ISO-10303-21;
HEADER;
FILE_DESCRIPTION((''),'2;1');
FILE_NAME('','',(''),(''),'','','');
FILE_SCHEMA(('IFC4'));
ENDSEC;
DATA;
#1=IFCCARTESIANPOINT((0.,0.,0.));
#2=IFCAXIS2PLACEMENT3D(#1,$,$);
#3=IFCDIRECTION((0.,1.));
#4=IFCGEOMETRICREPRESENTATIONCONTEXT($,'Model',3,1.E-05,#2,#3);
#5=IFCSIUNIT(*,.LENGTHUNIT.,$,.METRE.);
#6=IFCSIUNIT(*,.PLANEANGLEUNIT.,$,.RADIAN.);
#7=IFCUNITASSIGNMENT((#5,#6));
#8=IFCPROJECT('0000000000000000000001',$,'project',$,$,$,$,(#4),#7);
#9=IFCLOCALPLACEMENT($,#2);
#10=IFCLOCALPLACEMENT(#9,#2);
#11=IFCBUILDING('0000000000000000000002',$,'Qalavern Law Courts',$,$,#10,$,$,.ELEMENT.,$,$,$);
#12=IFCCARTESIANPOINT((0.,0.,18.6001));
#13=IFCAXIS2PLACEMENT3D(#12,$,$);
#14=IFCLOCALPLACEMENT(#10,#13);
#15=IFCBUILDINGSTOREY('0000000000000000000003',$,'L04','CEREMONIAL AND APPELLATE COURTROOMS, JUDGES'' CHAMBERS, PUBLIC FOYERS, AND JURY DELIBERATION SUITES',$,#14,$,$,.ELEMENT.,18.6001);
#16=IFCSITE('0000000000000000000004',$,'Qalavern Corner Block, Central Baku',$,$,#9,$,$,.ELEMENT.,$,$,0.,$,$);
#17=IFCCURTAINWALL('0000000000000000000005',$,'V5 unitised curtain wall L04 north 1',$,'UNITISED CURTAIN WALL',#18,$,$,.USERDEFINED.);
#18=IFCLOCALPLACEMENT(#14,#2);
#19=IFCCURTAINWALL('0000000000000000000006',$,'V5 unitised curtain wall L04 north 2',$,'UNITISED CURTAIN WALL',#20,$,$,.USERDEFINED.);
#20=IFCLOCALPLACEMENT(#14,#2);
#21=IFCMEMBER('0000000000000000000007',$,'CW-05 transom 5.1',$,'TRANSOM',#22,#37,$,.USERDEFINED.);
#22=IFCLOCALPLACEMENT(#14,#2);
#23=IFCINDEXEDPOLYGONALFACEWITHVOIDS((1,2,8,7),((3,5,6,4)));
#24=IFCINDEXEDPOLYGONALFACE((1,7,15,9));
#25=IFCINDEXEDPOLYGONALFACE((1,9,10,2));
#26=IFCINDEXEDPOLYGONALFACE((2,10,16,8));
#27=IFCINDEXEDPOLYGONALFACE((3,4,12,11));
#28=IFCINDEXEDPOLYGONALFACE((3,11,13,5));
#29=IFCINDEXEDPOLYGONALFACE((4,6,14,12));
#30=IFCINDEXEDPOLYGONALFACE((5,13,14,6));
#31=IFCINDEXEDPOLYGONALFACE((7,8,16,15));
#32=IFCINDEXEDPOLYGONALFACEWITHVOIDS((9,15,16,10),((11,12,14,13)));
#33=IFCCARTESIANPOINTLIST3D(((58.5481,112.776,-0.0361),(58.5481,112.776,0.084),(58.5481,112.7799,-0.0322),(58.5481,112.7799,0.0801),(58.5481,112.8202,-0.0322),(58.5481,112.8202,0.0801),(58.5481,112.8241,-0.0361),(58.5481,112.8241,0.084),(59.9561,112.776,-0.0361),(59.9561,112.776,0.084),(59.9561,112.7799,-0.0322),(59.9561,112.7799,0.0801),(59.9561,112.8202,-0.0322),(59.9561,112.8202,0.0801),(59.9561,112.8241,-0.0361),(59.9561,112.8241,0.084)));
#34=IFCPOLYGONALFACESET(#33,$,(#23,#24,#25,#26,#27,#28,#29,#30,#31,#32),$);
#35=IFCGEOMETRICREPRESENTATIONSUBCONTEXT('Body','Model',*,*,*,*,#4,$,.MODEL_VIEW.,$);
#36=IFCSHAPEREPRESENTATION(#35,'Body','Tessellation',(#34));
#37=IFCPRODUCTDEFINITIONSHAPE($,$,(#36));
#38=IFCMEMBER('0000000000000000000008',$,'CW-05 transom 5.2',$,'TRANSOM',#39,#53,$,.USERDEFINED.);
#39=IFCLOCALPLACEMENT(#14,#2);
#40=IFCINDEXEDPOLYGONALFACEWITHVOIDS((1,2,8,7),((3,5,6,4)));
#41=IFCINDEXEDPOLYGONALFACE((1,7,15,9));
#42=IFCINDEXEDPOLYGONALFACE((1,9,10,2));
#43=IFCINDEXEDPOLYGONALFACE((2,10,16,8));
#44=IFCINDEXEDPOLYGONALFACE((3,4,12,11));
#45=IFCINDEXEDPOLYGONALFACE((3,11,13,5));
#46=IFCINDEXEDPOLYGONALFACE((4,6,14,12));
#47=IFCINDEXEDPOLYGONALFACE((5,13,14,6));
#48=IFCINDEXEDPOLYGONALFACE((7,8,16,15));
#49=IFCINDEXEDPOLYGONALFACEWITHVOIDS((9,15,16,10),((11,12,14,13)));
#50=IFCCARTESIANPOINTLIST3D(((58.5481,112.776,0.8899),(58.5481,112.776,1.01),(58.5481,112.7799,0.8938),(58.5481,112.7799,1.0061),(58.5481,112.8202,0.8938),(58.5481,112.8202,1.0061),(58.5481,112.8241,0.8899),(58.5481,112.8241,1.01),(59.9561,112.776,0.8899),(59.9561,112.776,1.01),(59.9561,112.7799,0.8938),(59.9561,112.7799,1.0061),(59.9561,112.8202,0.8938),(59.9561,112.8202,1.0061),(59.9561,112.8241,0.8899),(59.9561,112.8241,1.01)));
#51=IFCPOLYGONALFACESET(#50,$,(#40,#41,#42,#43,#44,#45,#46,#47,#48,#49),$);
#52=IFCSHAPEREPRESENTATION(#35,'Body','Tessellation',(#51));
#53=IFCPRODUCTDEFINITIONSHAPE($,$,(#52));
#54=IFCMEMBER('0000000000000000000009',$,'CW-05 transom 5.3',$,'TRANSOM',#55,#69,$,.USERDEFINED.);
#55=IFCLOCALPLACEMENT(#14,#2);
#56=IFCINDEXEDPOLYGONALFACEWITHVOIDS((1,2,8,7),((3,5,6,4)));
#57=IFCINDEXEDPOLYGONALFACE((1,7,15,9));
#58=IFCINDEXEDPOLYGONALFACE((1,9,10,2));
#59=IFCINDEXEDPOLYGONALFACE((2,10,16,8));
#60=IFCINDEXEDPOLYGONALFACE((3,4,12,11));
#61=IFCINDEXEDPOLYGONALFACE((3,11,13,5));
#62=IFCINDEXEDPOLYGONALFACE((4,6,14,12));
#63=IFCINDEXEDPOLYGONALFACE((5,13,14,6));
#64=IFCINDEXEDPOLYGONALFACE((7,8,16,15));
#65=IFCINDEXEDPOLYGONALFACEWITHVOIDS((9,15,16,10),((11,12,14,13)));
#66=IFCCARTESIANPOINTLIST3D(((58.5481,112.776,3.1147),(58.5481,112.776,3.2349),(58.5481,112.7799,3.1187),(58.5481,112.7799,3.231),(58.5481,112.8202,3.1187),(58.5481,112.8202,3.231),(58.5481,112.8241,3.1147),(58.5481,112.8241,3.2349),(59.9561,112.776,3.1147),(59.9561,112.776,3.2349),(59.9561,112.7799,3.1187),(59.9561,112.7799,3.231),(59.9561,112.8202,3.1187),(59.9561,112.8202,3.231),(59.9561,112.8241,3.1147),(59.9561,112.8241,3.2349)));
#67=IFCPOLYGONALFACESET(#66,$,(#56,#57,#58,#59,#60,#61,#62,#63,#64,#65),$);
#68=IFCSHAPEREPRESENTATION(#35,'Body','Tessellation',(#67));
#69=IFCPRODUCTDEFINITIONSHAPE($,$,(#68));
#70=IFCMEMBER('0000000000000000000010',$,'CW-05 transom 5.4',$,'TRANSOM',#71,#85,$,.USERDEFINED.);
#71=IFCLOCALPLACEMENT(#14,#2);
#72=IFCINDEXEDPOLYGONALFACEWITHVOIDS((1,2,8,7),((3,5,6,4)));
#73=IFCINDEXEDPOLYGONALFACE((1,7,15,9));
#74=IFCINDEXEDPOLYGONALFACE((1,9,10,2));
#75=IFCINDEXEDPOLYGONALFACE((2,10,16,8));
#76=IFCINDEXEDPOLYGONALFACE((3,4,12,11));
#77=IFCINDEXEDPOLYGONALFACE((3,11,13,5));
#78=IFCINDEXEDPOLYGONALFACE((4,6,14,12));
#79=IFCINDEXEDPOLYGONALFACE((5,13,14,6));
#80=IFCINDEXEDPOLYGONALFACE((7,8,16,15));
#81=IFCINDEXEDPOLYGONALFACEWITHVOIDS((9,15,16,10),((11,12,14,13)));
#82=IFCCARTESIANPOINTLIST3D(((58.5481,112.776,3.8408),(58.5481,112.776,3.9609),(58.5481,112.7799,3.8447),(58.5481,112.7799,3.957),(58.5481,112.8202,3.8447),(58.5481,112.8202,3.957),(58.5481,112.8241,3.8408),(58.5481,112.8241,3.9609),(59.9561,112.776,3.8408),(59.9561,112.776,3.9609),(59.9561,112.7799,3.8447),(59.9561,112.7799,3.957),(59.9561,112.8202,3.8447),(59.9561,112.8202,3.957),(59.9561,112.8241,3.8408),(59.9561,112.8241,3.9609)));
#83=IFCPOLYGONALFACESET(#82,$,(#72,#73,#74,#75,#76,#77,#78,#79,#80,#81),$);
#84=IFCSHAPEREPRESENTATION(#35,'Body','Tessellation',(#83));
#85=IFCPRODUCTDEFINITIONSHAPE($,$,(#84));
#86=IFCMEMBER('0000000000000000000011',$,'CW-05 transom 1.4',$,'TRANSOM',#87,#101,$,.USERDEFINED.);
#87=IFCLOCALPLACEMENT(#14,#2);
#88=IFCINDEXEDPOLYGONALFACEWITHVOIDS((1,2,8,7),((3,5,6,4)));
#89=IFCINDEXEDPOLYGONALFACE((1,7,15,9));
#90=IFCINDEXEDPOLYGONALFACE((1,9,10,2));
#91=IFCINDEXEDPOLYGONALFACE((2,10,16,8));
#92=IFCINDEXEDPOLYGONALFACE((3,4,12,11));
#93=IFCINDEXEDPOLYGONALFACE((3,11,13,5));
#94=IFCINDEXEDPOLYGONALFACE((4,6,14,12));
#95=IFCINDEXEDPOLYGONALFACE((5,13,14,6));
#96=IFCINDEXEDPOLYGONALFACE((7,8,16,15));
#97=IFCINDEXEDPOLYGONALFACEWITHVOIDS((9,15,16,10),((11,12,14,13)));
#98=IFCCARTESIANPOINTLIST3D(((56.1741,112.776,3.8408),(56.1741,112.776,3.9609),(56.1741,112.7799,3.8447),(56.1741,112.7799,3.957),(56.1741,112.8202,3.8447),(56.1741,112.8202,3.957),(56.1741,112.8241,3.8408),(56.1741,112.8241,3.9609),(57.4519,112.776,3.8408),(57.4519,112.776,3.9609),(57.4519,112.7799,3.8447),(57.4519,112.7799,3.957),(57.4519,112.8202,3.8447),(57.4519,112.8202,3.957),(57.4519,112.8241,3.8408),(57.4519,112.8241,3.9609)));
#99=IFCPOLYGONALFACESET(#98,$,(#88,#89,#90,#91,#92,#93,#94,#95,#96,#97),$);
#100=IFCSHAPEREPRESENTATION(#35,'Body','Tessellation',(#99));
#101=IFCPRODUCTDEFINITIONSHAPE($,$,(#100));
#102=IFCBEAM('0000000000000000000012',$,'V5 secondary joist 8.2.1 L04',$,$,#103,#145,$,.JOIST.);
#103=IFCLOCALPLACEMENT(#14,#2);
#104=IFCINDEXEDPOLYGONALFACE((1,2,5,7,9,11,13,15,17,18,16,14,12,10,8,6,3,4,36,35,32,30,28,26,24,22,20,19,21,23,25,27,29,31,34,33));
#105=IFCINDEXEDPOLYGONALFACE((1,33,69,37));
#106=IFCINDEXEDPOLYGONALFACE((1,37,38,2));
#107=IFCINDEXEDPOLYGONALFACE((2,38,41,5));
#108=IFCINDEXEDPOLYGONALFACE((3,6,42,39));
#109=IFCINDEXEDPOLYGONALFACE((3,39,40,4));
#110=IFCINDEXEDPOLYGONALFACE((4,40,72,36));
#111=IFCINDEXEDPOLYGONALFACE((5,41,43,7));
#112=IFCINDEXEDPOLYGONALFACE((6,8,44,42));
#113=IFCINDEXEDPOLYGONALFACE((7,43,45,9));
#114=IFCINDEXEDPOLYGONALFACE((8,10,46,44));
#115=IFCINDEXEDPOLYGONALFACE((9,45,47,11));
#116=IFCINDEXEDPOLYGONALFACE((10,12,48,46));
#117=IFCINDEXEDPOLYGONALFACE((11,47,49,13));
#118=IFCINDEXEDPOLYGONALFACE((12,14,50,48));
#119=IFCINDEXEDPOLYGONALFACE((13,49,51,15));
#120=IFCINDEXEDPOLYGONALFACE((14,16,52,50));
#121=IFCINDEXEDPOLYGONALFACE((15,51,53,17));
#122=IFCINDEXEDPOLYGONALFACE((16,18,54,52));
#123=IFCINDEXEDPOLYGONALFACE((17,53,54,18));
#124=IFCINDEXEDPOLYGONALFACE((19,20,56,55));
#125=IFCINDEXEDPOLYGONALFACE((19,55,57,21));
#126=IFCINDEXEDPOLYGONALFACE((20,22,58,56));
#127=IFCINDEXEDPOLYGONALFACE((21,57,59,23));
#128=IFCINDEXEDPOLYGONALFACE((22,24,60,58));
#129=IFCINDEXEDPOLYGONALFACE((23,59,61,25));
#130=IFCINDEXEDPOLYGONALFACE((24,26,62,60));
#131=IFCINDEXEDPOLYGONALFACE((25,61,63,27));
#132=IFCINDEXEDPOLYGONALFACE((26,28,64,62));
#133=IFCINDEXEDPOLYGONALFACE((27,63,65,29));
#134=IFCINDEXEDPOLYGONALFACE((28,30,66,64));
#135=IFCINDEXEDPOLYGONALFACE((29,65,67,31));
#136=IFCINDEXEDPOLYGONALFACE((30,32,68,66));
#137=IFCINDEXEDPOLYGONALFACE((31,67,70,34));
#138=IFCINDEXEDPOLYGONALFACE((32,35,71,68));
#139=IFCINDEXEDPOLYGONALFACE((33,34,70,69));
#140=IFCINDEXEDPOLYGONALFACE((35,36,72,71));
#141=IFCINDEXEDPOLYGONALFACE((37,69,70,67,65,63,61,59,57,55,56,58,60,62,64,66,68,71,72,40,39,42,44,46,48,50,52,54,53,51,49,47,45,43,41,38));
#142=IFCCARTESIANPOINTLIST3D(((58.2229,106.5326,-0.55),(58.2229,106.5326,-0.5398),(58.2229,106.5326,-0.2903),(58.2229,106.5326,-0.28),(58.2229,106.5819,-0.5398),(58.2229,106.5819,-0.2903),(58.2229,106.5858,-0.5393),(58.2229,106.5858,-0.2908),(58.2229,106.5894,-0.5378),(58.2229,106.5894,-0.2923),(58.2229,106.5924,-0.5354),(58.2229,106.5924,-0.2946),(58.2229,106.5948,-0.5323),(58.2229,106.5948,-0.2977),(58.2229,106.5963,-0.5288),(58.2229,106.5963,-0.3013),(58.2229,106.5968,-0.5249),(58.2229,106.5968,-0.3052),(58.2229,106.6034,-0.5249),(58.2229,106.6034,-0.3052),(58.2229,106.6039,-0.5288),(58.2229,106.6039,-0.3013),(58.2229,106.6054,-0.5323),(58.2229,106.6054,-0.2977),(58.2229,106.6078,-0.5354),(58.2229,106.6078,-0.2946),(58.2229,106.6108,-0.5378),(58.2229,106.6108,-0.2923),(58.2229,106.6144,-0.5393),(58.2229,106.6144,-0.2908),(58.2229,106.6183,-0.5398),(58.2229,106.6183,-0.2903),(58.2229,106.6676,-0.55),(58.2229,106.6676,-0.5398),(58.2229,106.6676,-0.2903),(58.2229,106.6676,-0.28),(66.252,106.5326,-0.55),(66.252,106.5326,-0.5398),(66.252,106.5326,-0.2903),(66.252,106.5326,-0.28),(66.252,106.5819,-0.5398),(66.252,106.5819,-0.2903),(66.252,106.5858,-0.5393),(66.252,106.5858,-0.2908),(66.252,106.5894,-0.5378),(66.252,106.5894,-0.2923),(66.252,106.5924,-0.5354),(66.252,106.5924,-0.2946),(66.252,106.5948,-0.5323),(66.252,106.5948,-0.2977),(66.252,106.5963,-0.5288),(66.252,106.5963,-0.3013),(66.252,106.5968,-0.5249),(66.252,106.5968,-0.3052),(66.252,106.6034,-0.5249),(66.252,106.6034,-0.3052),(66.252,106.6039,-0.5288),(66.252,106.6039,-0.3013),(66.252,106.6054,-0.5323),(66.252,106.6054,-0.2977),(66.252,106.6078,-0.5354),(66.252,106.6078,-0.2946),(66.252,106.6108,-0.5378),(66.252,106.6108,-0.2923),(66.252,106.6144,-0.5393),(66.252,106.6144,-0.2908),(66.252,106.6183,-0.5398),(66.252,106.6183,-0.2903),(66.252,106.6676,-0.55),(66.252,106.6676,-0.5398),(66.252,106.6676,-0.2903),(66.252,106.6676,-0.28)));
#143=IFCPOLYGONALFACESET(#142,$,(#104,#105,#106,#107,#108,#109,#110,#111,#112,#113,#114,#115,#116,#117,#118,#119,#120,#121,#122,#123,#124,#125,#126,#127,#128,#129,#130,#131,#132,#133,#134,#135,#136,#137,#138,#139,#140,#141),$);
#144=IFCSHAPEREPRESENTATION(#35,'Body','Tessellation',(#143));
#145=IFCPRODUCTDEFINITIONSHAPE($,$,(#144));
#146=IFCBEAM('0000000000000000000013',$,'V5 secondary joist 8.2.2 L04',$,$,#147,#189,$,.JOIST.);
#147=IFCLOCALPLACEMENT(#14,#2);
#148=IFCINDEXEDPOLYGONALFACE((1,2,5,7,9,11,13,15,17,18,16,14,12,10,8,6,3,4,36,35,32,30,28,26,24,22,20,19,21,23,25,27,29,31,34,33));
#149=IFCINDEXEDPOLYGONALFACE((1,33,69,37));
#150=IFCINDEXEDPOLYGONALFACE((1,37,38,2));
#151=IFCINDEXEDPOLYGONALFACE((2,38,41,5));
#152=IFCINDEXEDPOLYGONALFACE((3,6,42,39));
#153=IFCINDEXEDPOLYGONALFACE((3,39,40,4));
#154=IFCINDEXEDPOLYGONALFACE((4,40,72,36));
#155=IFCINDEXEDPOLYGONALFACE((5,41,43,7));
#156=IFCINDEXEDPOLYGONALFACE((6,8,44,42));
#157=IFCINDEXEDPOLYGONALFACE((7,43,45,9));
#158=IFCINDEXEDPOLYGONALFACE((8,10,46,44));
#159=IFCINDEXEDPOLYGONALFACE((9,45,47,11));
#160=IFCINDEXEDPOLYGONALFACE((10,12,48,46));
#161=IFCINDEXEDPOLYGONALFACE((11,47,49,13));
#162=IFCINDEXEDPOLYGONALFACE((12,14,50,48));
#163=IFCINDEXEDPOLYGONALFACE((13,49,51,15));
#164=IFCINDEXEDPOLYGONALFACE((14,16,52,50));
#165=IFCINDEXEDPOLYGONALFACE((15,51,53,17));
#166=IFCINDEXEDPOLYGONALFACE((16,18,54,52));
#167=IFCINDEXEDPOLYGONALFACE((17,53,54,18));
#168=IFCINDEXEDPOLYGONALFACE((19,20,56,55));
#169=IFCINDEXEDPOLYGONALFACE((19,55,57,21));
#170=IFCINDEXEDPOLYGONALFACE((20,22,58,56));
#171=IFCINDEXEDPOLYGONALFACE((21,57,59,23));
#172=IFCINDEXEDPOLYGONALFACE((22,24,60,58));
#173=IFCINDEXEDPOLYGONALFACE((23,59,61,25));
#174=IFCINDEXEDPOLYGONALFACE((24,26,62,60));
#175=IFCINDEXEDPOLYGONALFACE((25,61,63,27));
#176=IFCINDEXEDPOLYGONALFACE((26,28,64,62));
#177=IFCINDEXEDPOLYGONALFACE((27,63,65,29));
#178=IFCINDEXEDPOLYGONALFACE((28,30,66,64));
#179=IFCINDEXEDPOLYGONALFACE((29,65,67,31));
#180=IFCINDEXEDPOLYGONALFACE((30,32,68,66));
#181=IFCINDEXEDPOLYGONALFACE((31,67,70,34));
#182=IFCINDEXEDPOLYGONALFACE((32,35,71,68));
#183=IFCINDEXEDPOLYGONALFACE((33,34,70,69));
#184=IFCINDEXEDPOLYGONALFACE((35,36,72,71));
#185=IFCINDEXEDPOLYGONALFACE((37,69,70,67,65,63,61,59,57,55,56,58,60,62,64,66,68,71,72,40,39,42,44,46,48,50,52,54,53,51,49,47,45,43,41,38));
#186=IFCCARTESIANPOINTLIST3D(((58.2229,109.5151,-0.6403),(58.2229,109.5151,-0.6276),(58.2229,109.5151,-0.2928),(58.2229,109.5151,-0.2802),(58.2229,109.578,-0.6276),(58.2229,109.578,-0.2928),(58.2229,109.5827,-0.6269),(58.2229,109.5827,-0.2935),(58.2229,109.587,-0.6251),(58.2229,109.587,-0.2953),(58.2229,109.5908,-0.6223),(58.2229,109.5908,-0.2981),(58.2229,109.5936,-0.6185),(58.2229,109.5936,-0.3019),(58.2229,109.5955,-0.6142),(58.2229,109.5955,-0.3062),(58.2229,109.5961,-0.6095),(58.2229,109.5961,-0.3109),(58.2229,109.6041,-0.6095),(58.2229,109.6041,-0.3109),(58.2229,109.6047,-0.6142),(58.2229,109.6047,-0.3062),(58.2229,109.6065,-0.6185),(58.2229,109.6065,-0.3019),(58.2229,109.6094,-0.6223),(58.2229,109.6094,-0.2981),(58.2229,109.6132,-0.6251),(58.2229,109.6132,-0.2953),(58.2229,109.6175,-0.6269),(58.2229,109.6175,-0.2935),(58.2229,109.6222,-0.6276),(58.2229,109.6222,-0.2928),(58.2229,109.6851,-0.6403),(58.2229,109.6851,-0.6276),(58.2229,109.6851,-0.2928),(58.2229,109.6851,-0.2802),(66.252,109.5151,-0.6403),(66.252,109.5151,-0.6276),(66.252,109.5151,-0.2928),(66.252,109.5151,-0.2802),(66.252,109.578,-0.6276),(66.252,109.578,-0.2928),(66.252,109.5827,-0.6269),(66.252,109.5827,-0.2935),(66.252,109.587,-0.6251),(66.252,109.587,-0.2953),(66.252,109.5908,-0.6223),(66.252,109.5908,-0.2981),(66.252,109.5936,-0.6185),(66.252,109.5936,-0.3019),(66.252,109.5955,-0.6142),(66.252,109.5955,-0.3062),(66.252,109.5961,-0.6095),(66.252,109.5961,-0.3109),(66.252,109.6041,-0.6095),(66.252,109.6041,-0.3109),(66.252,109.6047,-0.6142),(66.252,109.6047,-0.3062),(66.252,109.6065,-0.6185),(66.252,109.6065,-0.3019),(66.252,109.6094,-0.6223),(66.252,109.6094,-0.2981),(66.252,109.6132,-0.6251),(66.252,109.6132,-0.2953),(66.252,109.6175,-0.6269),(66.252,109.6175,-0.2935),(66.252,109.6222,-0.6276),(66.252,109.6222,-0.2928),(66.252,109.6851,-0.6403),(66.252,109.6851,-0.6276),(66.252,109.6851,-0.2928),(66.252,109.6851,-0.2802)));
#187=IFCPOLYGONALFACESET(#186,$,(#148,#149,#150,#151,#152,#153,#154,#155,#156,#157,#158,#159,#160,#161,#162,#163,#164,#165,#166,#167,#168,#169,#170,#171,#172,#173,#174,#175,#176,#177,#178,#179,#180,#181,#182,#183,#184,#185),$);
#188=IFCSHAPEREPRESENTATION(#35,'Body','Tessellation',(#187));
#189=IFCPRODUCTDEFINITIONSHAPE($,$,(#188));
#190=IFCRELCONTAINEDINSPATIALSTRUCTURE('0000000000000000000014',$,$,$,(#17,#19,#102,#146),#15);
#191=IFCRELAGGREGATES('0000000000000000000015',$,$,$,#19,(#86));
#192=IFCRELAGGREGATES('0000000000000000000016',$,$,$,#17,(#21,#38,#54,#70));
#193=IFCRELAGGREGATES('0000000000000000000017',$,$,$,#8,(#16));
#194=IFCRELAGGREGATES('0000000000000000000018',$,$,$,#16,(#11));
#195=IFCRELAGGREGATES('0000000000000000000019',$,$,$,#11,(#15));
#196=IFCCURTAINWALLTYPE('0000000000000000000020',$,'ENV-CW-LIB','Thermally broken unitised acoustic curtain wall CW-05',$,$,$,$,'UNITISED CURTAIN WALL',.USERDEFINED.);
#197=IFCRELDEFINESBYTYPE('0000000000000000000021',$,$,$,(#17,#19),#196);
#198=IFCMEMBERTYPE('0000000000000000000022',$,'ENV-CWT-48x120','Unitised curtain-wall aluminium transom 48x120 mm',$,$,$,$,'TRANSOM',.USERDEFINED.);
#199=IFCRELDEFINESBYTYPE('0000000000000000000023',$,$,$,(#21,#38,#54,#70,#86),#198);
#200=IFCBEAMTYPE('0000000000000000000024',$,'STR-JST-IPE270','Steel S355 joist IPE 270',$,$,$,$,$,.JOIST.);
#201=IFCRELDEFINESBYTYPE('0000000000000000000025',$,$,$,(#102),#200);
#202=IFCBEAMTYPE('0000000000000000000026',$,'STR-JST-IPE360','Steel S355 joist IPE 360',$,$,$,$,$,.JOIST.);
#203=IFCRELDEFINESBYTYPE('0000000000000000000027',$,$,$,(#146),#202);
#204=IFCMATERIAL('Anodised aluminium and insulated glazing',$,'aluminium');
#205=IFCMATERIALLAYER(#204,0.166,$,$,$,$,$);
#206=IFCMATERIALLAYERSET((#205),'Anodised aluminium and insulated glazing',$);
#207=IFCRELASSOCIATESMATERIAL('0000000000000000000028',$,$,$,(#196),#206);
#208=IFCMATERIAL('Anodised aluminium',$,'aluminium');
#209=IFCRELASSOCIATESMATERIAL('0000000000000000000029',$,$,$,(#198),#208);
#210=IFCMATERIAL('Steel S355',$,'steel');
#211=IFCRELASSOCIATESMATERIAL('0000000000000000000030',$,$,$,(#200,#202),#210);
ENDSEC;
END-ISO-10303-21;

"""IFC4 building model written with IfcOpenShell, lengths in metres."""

from ifc_helpers import new_model, si_unit, direction, frame, origin, origin_2d, place, context, subcontext, project, spatial, hollow_rectangle, i_section, extrude, material, layer, layer_set, material_profile, profile_set, type_object, element, aggregate, save


model = new_model("IFC4")

# Units and contexts
model_context = context("Model", 3, precision=1e-05, world=origin(), true_north=direction((0.0, 1.0)))
body_context = subcontext(model_context, "Body", "Model", "MODEL_VIEW")
ifc_project = project(units=[si_unit("LENGTHUNIT", "METRE"), si_unit("PLANEANGLEUNIT", "RADIAN")], contexts=[model_context])

# Site, building, storey
site_placement = place(None, origin())
site = spatial("IfcSite", under=ifc_project, at=site_placement, Name="Qalavern Corner Block, Central Baku", CompositionType="ELEMENT", RefElevation=0.0)
building_placement = place(site_placement, origin())
building = spatial("IfcBuilding", under=site, at=building_placement, Name="Qalavern Law Courts", CompositionType="ELEMENT")
storey_placement = place(building_placement, frame((0.0, 0.0, 18.6001)))
storey = spatial("IfcBuildingStorey", under=building, at=storey_placement, Name="L04", Description="CEREMONIAL AND APPELLATE COURTROOMS, JUDGES' CHAMBERS, PUBLIC FOYERS, AND JURY DELIBERATION SUITES", CompositionType="ELEMENT", Elevation=18.6001)

# Curtain wall
ifc_material_1 = material(Name="Anodised aluminium and insulated glazing", Category="aluminium")
ifc_layer_1 = layer(ifc_material_1, 0.166)
ifc_layer_set_1 = layer_set([ifc_layer_1], Name="Anodised aluminium and insulated glazing")
curtain_wall_type = type_object("IfcCurtainWallType", Name="ENV-CW-LIB", Description="Thermally broken unitised acoustic curtain wall CW-05", ElementType="UNITISED CURTAIN WALL", PredefinedType="USERDEFINED", material=ifc_layer_set_1)
curtain_wall_1_placement = place(storey_placement, origin())
curtain_wall_1 = element("IfcCurtainWall", 1, at=curtain_wall_1_placement, inside=storey, type_object=curtain_wall_type, Name="V5 unitised curtain wall L04 north 1", ObjectType="UNITISED CURTAIN WALL", PredefinedType="USERDEFINED")
ifc_material_2 = material(Name="Anodised aluminium", Category="aluminium")

# Curtain wall
curtain_wall_2_placement = place(storey_placement, origin())
curtain_wall_2 = element("IfcCurtainWall", 2, at=curtain_wall_2_placement, inside=storey, type_object=curtain_wall_type, Name="V5 unitised curtain wall L04 north 2", ObjectType="UNITISED CURTAIN WALL", PredefinedType="USERDEFINED")

# Members
ifc_material_profile_1 = material_profile(ifc_material_2, hollow_rectangle(XDim=0.0481, YDim=0.1201, WallThickness=0.0039, at=origin_2d()), Name="ALU TRANSOM 48x120")
ifc_profile_set_1 = profile_set([ifc_material_profile_1], Name="Anodised aluminium")
member_type_1 = type_object("IfcMemberType", Name="ENV-CWT-48x120", Description="Unitised curtain-wall aluminium transom 48x120 mm", ElementType="TRANSOM", PredefinedType="USERDEFINED", material=ifc_profile_set_1)
member_1_placement = place(storey_placement, frame((59.9561, 112.8, 0.0239), z_axis=(-1.0, 0.0, 0.0), x_axis=(0.0, -1.0, 0.0)))
member_1 = element("IfcMember", 3, at=member_1_placement, type_object=member_type_1, Name="CW-05 transom 5.1", ObjectType="TRANSOM", PredefinedType="USERDEFINED", context=body_context, shape_type="SweptSolid", body=[
    extrude(hollow_rectangle(XDim=0.0481, YDim=0.1201, WallThickness=0.0039, at=origin_2d()), origin(), (0.0, 0.0, 1.0), 1.408),
])
member_2_placement = place(storey_placement, frame((59.9561, 112.8, 0.95), z_axis=(-1.0, 0.0, 0.0), x_axis=(0.0, -1.0, 0.0)))
member_2 = element("IfcMember", 4, at=member_2_placement, type_object=member_type_1, Name="CW-05 transom 5.2", ObjectType="TRANSOM", PredefinedType="USERDEFINED", context=body_context, shape_type="SweptSolid", body=[
    extrude(hollow_rectangle(XDim=0.0481, YDim=0.1201, WallThickness=0.0039, at=origin_2d()), origin(), (0.0, 0.0, 1.0), 1.408),
])
member_3_placement = place(storey_placement, frame((59.9561, 112.8, 3.1748), z_axis=(-1.0, 0.0, 0.0), x_axis=(0.0, -1.0, 0.0)))
member_3 = element("IfcMember", 5, at=member_3_placement, type_object=member_type_1, Name="CW-05 transom 5.3", ObjectType="TRANSOM", PredefinedType="USERDEFINED", context=body_context, shape_type="SweptSolid", body=[
    extrude(hollow_rectangle(XDim=0.0481, YDim=0.1201, WallThickness=0.0039, at=origin_2d()), origin(), (0.0, 0.0, 1.0), 1.408),
])
member_4_placement = place(storey_placement, frame((59.9561, 112.8, 3.9009), z_axis=(-1.0, 0.0, 0.0), x_axis=(0.0, -1.0, 0.0)))
member_4 = element("IfcMember", 6, at=member_4_placement, type_object=member_type_1, Name="CW-05 transom 5.4", ObjectType="TRANSOM", PredefinedType="USERDEFINED", context=body_context, shape_type="SweptSolid", body=[
    extrude(hollow_rectangle(XDim=0.0481, YDim=0.1201, WallThickness=0.0039, at=origin_2d()), origin(), (0.0, 0.0, 1.0), 1.408),
])
member_5_placement = place(storey_placement, frame((57.4519, 112.8, 3.9009), z_axis=(-1.0, 0.0, 0.0), x_axis=(0.0, -1.0, 0.0)))
member_5 = element("IfcMember", 7, at=member_5_placement, type_object=member_type_1, Name="CW-05 transom 1.4", ObjectType="TRANSOM", PredefinedType="USERDEFINED", context=body_context, shape_type="SweptSolid", body=[
    extrude(hollow_rectangle(XDim=0.0481, YDim=0.1201, WallThickness=0.0039, at=origin_2d()), origin(), (0.0, 0.0, 1.0), 1.2778),
])
aggregate(curtain_wall_2, [member_5])

# Beams
ifc_material_3 = material(Name="Steel S355", Category="steel")
ifc_material_profile_2 = material_profile(ifc_material_3, i_section(OverallWidth=0.135, OverallDepth=0.27, WebThickness=0.0066, FlangeThickness=0.0103, FilletRadius=0.0149, at=origin_2d()), Name="IPE 270")
ifc_profile_set_2 = profile_set([ifc_material_profile_2], Name="Steel S355")
beam_type_1 = type_object("IfcBeamType", Name="STR-JST-IPE270", Description="Steel S355 joist IPE 270", PredefinedType="JOIST", material=ifc_profile_set_2)
beam_1_placement = place(storey_placement, frame((58.2229, 106.6001, -0.415), z_axis=(1.0, 0.0, 0.0), x_axis=(0.0, 1.0, 0.0)))
element("IfcBeam", 8, at=beam_1_placement, inside=storey, type_object=beam_type_1, Name="V5 secondary joist 8.2.1 L04", PredefinedType="JOIST", context=body_context, shape_type="SweptSolid", body=[
    extrude(i_section(OverallWidth=0.135, OverallDepth=0.27, WebThickness=0.0066, FlangeThickness=0.0103, FilletRadius=0.0149, at=origin_2d()), origin(), (0.0, 0.0, 1.0), 8.0291),
])
ifc_material_profile_3 = material_profile(ifc_material_3, i_section(OverallWidth=0.1699, OverallDepth=0.3601, WebThickness=0.0081, FlangeThickness=0.0127, FilletRadius=0.0181, at=origin_2d()), Name="IPE 360")
ifc_profile_set_3 = profile_set([ifc_material_profile_3], Name="Steel S355")
beam_type_2 = type_object("IfcBeamType", Name="STR-JST-IPE360", Description="Steel S355 joist IPE 360", PredefinedType="JOIST", material=ifc_profile_set_3)
beam_2_placement = place(storey_placement, frame((58.2229, 109.6001, -0.4602), z_axis=(1.0, 0.0, 0.0), x_axis=(0.0, 1.0, 0.0)))
element("IfcBeam", 9, at=beam_2_placement, inside=storey, type_object=beam_type_2, Name="V5 secondary joist 8.2.2 L04", PredefinedType="JOIST", context=body_context, shape_type="SweptSolid", body=[
    extrude(i_section(OverallWidth=0.1699, OverallDepth=0.3601, WebThickness=0.0081, FlangeThickness=0.0127, FilletRadius=0.0181, at=origin_2d()), origin(), (0.0, 0.0, 1.0), 8.0291),
])

aggregate(curtain_wall_1, [member_1, member_2, member_3, member_4])

save(model, "model.ifc")
